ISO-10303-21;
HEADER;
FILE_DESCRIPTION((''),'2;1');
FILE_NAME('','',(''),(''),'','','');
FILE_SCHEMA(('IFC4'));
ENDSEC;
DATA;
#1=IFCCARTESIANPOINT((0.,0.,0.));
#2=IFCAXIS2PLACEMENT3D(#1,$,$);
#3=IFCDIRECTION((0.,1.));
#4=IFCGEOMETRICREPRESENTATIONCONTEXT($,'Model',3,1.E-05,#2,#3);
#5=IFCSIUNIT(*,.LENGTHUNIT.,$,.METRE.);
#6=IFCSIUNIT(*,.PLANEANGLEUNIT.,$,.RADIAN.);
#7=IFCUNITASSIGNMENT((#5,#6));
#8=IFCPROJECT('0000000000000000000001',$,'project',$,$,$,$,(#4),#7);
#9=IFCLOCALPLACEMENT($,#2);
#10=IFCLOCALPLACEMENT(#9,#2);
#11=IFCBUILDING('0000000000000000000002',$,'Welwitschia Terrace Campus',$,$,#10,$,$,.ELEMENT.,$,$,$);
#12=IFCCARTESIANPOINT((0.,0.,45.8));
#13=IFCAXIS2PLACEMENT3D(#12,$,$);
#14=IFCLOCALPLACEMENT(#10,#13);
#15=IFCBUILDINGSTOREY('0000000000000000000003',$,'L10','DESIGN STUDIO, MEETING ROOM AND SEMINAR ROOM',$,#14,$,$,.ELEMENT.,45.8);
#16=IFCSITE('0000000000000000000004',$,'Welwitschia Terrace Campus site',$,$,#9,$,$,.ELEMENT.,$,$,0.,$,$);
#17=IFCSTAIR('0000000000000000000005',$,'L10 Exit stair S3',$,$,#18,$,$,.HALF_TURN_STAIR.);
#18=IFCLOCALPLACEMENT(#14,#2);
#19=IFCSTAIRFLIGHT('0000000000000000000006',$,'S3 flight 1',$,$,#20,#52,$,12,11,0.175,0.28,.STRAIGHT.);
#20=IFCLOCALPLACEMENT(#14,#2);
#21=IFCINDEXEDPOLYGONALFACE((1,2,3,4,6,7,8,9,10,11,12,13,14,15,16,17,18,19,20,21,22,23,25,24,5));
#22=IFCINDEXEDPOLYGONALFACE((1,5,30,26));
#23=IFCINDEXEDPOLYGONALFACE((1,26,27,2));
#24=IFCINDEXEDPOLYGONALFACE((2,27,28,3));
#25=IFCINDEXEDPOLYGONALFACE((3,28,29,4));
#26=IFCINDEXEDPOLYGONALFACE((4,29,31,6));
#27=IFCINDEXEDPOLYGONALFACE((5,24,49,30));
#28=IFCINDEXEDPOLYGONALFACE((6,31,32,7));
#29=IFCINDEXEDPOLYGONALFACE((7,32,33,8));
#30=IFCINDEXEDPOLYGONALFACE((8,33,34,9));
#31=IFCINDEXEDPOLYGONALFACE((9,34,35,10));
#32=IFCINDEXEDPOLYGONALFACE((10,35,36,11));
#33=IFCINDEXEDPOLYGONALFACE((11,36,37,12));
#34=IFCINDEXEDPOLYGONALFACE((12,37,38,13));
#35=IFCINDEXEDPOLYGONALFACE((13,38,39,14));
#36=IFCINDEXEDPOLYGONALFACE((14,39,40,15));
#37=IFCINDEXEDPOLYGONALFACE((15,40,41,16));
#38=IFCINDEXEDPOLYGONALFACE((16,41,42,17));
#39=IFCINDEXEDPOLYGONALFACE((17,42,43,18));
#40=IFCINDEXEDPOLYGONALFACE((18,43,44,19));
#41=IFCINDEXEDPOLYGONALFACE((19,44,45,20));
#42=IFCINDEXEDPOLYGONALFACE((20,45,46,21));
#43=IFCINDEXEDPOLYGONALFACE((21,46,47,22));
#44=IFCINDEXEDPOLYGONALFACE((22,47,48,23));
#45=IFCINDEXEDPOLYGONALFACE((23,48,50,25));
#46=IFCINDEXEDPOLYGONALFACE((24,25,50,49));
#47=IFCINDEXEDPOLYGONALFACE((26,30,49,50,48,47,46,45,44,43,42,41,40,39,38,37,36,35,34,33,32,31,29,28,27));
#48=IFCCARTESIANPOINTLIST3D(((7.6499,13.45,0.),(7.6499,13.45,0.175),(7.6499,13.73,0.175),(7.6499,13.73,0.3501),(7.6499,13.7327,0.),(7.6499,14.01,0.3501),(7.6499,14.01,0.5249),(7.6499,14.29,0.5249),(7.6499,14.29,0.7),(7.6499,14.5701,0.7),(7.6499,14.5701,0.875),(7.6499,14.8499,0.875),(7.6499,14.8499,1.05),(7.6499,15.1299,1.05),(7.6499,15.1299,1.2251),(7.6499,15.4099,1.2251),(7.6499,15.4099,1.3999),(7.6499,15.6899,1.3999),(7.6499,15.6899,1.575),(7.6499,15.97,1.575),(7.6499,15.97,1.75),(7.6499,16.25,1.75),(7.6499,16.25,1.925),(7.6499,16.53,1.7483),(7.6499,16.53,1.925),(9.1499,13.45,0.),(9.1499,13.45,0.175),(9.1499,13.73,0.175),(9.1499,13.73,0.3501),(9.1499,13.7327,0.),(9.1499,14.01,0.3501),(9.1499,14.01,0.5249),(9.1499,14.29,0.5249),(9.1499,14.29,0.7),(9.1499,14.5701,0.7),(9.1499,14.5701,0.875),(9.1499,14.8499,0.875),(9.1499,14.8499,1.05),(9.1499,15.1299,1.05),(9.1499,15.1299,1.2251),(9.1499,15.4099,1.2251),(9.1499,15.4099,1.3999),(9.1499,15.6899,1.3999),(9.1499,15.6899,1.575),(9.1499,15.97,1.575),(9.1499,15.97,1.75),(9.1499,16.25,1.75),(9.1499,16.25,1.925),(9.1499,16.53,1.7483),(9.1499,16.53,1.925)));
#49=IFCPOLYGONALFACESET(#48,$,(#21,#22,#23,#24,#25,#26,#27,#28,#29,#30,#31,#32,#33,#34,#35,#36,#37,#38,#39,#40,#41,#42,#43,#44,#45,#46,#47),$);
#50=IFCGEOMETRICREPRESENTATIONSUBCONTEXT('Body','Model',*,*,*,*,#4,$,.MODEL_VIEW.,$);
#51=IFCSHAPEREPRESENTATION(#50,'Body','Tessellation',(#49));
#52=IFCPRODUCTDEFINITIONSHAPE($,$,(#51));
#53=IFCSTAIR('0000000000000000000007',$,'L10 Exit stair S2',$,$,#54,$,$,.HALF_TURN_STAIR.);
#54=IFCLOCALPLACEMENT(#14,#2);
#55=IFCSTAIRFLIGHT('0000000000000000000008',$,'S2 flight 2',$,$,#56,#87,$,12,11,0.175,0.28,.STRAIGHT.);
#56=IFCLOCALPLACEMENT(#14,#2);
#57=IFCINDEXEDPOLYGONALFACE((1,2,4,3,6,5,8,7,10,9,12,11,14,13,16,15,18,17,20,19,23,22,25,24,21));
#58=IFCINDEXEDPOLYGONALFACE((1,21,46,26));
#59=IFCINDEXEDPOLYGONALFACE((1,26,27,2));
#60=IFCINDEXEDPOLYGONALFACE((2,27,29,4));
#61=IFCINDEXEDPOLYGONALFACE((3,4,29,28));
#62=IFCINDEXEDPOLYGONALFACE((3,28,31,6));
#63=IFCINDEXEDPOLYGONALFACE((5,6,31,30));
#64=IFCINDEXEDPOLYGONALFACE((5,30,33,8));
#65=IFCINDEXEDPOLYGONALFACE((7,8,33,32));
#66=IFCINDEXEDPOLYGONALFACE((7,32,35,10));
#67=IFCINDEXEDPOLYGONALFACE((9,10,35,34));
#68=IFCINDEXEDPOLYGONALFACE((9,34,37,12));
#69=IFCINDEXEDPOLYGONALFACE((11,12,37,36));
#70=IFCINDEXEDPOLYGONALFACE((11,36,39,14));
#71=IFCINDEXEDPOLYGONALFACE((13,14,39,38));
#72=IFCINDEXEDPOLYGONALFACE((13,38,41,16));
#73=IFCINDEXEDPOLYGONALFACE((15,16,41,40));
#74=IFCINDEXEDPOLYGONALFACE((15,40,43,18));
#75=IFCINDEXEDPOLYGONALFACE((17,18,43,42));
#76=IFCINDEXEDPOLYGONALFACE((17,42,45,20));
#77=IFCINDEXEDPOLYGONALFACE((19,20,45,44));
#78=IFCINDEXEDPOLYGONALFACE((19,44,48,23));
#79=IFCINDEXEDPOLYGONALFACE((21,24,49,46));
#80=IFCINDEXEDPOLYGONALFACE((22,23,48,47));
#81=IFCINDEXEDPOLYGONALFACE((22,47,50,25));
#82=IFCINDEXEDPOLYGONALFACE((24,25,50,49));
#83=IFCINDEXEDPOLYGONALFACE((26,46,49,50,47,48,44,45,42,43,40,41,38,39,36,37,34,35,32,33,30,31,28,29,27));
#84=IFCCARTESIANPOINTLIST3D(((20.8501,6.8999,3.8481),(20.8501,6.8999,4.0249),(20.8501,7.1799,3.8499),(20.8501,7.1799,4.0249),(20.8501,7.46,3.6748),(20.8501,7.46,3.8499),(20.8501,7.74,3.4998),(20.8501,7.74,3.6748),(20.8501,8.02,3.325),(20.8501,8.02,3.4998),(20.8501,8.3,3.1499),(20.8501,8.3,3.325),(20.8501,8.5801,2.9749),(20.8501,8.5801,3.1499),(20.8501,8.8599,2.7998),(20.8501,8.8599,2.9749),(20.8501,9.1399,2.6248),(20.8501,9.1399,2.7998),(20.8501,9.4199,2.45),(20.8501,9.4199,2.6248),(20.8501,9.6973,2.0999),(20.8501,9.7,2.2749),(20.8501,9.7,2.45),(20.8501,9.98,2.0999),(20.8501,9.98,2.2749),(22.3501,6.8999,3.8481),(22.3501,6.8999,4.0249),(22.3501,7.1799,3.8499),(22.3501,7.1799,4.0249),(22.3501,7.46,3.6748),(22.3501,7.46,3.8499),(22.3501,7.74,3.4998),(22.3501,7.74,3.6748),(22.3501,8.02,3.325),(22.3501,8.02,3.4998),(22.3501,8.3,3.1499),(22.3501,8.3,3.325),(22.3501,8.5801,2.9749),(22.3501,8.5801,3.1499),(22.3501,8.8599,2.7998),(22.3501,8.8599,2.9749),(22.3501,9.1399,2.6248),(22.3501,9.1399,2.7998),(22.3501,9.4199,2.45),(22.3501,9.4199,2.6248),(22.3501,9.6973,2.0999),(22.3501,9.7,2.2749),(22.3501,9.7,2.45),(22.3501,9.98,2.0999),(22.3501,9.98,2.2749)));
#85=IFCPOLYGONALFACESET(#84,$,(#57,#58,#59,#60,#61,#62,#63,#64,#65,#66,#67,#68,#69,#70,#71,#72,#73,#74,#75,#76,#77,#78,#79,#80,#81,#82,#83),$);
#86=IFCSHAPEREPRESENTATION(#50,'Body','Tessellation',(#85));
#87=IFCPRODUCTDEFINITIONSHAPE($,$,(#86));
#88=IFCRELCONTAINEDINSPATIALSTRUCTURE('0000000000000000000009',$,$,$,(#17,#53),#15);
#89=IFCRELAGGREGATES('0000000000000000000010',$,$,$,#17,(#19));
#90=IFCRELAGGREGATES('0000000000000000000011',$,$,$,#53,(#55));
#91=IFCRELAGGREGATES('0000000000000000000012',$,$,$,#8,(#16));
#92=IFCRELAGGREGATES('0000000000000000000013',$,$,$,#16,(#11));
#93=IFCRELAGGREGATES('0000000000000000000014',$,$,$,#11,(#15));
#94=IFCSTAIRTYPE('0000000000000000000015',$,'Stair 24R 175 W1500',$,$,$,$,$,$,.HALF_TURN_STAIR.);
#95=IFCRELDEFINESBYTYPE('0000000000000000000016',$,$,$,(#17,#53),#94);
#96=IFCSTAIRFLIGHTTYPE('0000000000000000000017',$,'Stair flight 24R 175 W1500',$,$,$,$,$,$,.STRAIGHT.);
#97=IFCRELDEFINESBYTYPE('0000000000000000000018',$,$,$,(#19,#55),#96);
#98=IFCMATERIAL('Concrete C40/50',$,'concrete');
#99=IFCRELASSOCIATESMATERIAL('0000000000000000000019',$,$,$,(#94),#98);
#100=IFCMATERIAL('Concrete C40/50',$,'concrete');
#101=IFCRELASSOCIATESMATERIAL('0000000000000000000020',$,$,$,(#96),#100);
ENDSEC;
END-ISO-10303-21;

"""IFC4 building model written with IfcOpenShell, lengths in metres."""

from ifc_helpers import new_model, si_unit, direction, frame, origin, place, context, subcontext, project, spatial, polyline, outline, extrude, material, type_object, element, aggregate, save


model = new_model("IFC4")

# Units and contexts
model_context = context("Model", 3, precision=1e-05, world=origin(), true_north=direction((0.0, 1.0)))
body_context = subcontext(model_context, "Body", "Model", "MODEL_VIEW")
ifc_project = project(units=[si_unit("LENGTHUNIT", "METRE"), si_unit("PLANEANGLEUNIT", "RADIAN")], contexts=[model_context])

# Site, building, storey
site_placement = place(None, origin())
site = spatial("IfcSite", under=ifc_project, at=site_placement, Name="Welwitschia Terrace Campus site", CompositionType="ELEMENT", RefElevation=0.0)
building_placement = place(site_placement, origin())
building = spatial("IfcBuilding", under=site, at=building_placement, Name="Welwitschia Terrace Campus", CompositionType="ELEMENT")
storey_placement = place(building_placement, frame((0.0, 0.0, 45.8)))
storey = spatial("IfcBuildingStorey", under=building, at=storey_placement, Name="L10", Description="DESIGN STUDIO, MEETING ROOM AND SEMINAR ROOM", CompositionType="ELEMENT", Elevation=45.8)

# Stairs, stair flights
ifc_material_1 = material(Name="Concrete C40/50", Category="concrete")
stair_type = type_object("IfcStairType", Name="Stair 24R 175 W1500", PredefinedType="HALF_TURN_STAIR", material=ifc_material_1)
stair_1_placement = place(storey_placement, origin())
stair_1 = element("IfcStair", 1, at=stair_1_placement, inside=storey, type_object=stair_type, Name="L10 Exit stair S3", PredefinedType="HALF_TURN_STAIR")
ifc_material_2 = material(Name="Concrete C40/50", Category="concrete")
stair_flight_type = type_object("IfcStairFlightType", Name="Stair flight 24R 175 W1500", PredefinedType="STRAIGHT", material=ifc_material_2)
stair_flight_1_placement = place(storey_placement, frame((8.3999, 13.45, 0.0), z_axis=(0.0, 0.0, 1.0), x_axis=(0.0, 1.0, 0.0)))
stair_flight_1 = element("IfcStairFlight", 2, at=stair_flight_1_placement, type_object=stair_flight_type, Name="S3 flight 1", NumberOfRisers=12, NumberOfTreads=11, PredefinedType="STRAIGHT", RiserHeight=0.175, TreadLength=0.28, context=body_context, shape_type="SweptSolid", body=[
    extrude(outline(polyline([(0.0, 0.0), (0.0, 0.175), (0.28, 0.175), (0.28, 0.3501), (0.5601, 0.3501), (0.5601, 0.5249), (0.8401, 0.5249), (0.8401, 0.7), (1.1201, 0.7), (1.1201, 0.875), (1.3999, 0.875), (1.3999, 1.05), (1.6799, 1.05), (1.6799, 1.2251), (1.96, 1.2251), (1.96, 1.3999), (2.24, 1.3999), (2.24, 1.575), (2.52, 1.575), (2.52, 1.75), (2.8, 1.75), (2.8, 1.925), (3.0801, 1.925), (3.0801, 2.1001), (3.0801, 1.7483), (0.2827, 0.0), (0.0, 0.0)])), frame((0.0, 0.75, 0.0), z_axis=(0.0, -1.0, 0.0), x_axis=(1.0, 0.0, 0.0)), (0.0, 0.0, 1.0), 1.5),
])
aggregate(stair_1, [stair_flight_1])
stair_2_placement = place(storey_placement, origin())
stair_2 = element("IfcStair", 3, at=stair_2_placement, inside=storey, type_object=stair_type, Name="L10 Exit stair S2", PredefinedType="HALF_TURN_STAIR")
stair_flight_2_placement = place(storey_placement, frame((21.6001, 9.98, 2.0999), z_axis=(0.0, 0.0, 1.0), x_axis=(0.0, -1.0, 0.0)))
stair_flight_2 = element("IfcStairFlight", 4, at=stair_flight_2_placement, type_object=stair_flight_type, Name="S2 flight 2", NumberOfRisers=12, NumberOfTreads=11, PredefinedType="STRAIGHT", RiserHeight=0.175, TreadLength=0.28, context=body_context, shape_type="SweptSolid", body=[
    extrude(outline(polyline([(0.0, 0.0), (0.0, 0.175), (0.28, 0.175), (0.28, 0.3501), (0.5601, 0.3501), (0.5601, 0.5249), (0.8401, 0.5249), (0.8401, 0.7), (1.1201, 0.7), (1.1201, 0.875), (1.3999, 0.875), (1.3999, 1.05), (1.6799, 1.05), (1.6799, 1.2251), (1.96, 1.2251), (1.96, 1.3999), (2.24, 1.3999), (2.24, 1.575), (2.52, 1.575), (2.52, 1.75), (2.8, 1.75), (2.8, 1.925), (3.0801, 1.925), (3.0801, 2.1001), (3.0801, 1.7483), (0.2827, 0.0), (0.0, 0.0)])), frame((0.0, 0.75, 0.0), z_axis=(0.0, -1.0, 0.0), x_axis=(1.0, 0.0, 0.0)), (0.0, 0.0, 1.0), 1.5),
])
aggregate(stair_2, [stair_flight_2])

save(model, "model.ifc")
